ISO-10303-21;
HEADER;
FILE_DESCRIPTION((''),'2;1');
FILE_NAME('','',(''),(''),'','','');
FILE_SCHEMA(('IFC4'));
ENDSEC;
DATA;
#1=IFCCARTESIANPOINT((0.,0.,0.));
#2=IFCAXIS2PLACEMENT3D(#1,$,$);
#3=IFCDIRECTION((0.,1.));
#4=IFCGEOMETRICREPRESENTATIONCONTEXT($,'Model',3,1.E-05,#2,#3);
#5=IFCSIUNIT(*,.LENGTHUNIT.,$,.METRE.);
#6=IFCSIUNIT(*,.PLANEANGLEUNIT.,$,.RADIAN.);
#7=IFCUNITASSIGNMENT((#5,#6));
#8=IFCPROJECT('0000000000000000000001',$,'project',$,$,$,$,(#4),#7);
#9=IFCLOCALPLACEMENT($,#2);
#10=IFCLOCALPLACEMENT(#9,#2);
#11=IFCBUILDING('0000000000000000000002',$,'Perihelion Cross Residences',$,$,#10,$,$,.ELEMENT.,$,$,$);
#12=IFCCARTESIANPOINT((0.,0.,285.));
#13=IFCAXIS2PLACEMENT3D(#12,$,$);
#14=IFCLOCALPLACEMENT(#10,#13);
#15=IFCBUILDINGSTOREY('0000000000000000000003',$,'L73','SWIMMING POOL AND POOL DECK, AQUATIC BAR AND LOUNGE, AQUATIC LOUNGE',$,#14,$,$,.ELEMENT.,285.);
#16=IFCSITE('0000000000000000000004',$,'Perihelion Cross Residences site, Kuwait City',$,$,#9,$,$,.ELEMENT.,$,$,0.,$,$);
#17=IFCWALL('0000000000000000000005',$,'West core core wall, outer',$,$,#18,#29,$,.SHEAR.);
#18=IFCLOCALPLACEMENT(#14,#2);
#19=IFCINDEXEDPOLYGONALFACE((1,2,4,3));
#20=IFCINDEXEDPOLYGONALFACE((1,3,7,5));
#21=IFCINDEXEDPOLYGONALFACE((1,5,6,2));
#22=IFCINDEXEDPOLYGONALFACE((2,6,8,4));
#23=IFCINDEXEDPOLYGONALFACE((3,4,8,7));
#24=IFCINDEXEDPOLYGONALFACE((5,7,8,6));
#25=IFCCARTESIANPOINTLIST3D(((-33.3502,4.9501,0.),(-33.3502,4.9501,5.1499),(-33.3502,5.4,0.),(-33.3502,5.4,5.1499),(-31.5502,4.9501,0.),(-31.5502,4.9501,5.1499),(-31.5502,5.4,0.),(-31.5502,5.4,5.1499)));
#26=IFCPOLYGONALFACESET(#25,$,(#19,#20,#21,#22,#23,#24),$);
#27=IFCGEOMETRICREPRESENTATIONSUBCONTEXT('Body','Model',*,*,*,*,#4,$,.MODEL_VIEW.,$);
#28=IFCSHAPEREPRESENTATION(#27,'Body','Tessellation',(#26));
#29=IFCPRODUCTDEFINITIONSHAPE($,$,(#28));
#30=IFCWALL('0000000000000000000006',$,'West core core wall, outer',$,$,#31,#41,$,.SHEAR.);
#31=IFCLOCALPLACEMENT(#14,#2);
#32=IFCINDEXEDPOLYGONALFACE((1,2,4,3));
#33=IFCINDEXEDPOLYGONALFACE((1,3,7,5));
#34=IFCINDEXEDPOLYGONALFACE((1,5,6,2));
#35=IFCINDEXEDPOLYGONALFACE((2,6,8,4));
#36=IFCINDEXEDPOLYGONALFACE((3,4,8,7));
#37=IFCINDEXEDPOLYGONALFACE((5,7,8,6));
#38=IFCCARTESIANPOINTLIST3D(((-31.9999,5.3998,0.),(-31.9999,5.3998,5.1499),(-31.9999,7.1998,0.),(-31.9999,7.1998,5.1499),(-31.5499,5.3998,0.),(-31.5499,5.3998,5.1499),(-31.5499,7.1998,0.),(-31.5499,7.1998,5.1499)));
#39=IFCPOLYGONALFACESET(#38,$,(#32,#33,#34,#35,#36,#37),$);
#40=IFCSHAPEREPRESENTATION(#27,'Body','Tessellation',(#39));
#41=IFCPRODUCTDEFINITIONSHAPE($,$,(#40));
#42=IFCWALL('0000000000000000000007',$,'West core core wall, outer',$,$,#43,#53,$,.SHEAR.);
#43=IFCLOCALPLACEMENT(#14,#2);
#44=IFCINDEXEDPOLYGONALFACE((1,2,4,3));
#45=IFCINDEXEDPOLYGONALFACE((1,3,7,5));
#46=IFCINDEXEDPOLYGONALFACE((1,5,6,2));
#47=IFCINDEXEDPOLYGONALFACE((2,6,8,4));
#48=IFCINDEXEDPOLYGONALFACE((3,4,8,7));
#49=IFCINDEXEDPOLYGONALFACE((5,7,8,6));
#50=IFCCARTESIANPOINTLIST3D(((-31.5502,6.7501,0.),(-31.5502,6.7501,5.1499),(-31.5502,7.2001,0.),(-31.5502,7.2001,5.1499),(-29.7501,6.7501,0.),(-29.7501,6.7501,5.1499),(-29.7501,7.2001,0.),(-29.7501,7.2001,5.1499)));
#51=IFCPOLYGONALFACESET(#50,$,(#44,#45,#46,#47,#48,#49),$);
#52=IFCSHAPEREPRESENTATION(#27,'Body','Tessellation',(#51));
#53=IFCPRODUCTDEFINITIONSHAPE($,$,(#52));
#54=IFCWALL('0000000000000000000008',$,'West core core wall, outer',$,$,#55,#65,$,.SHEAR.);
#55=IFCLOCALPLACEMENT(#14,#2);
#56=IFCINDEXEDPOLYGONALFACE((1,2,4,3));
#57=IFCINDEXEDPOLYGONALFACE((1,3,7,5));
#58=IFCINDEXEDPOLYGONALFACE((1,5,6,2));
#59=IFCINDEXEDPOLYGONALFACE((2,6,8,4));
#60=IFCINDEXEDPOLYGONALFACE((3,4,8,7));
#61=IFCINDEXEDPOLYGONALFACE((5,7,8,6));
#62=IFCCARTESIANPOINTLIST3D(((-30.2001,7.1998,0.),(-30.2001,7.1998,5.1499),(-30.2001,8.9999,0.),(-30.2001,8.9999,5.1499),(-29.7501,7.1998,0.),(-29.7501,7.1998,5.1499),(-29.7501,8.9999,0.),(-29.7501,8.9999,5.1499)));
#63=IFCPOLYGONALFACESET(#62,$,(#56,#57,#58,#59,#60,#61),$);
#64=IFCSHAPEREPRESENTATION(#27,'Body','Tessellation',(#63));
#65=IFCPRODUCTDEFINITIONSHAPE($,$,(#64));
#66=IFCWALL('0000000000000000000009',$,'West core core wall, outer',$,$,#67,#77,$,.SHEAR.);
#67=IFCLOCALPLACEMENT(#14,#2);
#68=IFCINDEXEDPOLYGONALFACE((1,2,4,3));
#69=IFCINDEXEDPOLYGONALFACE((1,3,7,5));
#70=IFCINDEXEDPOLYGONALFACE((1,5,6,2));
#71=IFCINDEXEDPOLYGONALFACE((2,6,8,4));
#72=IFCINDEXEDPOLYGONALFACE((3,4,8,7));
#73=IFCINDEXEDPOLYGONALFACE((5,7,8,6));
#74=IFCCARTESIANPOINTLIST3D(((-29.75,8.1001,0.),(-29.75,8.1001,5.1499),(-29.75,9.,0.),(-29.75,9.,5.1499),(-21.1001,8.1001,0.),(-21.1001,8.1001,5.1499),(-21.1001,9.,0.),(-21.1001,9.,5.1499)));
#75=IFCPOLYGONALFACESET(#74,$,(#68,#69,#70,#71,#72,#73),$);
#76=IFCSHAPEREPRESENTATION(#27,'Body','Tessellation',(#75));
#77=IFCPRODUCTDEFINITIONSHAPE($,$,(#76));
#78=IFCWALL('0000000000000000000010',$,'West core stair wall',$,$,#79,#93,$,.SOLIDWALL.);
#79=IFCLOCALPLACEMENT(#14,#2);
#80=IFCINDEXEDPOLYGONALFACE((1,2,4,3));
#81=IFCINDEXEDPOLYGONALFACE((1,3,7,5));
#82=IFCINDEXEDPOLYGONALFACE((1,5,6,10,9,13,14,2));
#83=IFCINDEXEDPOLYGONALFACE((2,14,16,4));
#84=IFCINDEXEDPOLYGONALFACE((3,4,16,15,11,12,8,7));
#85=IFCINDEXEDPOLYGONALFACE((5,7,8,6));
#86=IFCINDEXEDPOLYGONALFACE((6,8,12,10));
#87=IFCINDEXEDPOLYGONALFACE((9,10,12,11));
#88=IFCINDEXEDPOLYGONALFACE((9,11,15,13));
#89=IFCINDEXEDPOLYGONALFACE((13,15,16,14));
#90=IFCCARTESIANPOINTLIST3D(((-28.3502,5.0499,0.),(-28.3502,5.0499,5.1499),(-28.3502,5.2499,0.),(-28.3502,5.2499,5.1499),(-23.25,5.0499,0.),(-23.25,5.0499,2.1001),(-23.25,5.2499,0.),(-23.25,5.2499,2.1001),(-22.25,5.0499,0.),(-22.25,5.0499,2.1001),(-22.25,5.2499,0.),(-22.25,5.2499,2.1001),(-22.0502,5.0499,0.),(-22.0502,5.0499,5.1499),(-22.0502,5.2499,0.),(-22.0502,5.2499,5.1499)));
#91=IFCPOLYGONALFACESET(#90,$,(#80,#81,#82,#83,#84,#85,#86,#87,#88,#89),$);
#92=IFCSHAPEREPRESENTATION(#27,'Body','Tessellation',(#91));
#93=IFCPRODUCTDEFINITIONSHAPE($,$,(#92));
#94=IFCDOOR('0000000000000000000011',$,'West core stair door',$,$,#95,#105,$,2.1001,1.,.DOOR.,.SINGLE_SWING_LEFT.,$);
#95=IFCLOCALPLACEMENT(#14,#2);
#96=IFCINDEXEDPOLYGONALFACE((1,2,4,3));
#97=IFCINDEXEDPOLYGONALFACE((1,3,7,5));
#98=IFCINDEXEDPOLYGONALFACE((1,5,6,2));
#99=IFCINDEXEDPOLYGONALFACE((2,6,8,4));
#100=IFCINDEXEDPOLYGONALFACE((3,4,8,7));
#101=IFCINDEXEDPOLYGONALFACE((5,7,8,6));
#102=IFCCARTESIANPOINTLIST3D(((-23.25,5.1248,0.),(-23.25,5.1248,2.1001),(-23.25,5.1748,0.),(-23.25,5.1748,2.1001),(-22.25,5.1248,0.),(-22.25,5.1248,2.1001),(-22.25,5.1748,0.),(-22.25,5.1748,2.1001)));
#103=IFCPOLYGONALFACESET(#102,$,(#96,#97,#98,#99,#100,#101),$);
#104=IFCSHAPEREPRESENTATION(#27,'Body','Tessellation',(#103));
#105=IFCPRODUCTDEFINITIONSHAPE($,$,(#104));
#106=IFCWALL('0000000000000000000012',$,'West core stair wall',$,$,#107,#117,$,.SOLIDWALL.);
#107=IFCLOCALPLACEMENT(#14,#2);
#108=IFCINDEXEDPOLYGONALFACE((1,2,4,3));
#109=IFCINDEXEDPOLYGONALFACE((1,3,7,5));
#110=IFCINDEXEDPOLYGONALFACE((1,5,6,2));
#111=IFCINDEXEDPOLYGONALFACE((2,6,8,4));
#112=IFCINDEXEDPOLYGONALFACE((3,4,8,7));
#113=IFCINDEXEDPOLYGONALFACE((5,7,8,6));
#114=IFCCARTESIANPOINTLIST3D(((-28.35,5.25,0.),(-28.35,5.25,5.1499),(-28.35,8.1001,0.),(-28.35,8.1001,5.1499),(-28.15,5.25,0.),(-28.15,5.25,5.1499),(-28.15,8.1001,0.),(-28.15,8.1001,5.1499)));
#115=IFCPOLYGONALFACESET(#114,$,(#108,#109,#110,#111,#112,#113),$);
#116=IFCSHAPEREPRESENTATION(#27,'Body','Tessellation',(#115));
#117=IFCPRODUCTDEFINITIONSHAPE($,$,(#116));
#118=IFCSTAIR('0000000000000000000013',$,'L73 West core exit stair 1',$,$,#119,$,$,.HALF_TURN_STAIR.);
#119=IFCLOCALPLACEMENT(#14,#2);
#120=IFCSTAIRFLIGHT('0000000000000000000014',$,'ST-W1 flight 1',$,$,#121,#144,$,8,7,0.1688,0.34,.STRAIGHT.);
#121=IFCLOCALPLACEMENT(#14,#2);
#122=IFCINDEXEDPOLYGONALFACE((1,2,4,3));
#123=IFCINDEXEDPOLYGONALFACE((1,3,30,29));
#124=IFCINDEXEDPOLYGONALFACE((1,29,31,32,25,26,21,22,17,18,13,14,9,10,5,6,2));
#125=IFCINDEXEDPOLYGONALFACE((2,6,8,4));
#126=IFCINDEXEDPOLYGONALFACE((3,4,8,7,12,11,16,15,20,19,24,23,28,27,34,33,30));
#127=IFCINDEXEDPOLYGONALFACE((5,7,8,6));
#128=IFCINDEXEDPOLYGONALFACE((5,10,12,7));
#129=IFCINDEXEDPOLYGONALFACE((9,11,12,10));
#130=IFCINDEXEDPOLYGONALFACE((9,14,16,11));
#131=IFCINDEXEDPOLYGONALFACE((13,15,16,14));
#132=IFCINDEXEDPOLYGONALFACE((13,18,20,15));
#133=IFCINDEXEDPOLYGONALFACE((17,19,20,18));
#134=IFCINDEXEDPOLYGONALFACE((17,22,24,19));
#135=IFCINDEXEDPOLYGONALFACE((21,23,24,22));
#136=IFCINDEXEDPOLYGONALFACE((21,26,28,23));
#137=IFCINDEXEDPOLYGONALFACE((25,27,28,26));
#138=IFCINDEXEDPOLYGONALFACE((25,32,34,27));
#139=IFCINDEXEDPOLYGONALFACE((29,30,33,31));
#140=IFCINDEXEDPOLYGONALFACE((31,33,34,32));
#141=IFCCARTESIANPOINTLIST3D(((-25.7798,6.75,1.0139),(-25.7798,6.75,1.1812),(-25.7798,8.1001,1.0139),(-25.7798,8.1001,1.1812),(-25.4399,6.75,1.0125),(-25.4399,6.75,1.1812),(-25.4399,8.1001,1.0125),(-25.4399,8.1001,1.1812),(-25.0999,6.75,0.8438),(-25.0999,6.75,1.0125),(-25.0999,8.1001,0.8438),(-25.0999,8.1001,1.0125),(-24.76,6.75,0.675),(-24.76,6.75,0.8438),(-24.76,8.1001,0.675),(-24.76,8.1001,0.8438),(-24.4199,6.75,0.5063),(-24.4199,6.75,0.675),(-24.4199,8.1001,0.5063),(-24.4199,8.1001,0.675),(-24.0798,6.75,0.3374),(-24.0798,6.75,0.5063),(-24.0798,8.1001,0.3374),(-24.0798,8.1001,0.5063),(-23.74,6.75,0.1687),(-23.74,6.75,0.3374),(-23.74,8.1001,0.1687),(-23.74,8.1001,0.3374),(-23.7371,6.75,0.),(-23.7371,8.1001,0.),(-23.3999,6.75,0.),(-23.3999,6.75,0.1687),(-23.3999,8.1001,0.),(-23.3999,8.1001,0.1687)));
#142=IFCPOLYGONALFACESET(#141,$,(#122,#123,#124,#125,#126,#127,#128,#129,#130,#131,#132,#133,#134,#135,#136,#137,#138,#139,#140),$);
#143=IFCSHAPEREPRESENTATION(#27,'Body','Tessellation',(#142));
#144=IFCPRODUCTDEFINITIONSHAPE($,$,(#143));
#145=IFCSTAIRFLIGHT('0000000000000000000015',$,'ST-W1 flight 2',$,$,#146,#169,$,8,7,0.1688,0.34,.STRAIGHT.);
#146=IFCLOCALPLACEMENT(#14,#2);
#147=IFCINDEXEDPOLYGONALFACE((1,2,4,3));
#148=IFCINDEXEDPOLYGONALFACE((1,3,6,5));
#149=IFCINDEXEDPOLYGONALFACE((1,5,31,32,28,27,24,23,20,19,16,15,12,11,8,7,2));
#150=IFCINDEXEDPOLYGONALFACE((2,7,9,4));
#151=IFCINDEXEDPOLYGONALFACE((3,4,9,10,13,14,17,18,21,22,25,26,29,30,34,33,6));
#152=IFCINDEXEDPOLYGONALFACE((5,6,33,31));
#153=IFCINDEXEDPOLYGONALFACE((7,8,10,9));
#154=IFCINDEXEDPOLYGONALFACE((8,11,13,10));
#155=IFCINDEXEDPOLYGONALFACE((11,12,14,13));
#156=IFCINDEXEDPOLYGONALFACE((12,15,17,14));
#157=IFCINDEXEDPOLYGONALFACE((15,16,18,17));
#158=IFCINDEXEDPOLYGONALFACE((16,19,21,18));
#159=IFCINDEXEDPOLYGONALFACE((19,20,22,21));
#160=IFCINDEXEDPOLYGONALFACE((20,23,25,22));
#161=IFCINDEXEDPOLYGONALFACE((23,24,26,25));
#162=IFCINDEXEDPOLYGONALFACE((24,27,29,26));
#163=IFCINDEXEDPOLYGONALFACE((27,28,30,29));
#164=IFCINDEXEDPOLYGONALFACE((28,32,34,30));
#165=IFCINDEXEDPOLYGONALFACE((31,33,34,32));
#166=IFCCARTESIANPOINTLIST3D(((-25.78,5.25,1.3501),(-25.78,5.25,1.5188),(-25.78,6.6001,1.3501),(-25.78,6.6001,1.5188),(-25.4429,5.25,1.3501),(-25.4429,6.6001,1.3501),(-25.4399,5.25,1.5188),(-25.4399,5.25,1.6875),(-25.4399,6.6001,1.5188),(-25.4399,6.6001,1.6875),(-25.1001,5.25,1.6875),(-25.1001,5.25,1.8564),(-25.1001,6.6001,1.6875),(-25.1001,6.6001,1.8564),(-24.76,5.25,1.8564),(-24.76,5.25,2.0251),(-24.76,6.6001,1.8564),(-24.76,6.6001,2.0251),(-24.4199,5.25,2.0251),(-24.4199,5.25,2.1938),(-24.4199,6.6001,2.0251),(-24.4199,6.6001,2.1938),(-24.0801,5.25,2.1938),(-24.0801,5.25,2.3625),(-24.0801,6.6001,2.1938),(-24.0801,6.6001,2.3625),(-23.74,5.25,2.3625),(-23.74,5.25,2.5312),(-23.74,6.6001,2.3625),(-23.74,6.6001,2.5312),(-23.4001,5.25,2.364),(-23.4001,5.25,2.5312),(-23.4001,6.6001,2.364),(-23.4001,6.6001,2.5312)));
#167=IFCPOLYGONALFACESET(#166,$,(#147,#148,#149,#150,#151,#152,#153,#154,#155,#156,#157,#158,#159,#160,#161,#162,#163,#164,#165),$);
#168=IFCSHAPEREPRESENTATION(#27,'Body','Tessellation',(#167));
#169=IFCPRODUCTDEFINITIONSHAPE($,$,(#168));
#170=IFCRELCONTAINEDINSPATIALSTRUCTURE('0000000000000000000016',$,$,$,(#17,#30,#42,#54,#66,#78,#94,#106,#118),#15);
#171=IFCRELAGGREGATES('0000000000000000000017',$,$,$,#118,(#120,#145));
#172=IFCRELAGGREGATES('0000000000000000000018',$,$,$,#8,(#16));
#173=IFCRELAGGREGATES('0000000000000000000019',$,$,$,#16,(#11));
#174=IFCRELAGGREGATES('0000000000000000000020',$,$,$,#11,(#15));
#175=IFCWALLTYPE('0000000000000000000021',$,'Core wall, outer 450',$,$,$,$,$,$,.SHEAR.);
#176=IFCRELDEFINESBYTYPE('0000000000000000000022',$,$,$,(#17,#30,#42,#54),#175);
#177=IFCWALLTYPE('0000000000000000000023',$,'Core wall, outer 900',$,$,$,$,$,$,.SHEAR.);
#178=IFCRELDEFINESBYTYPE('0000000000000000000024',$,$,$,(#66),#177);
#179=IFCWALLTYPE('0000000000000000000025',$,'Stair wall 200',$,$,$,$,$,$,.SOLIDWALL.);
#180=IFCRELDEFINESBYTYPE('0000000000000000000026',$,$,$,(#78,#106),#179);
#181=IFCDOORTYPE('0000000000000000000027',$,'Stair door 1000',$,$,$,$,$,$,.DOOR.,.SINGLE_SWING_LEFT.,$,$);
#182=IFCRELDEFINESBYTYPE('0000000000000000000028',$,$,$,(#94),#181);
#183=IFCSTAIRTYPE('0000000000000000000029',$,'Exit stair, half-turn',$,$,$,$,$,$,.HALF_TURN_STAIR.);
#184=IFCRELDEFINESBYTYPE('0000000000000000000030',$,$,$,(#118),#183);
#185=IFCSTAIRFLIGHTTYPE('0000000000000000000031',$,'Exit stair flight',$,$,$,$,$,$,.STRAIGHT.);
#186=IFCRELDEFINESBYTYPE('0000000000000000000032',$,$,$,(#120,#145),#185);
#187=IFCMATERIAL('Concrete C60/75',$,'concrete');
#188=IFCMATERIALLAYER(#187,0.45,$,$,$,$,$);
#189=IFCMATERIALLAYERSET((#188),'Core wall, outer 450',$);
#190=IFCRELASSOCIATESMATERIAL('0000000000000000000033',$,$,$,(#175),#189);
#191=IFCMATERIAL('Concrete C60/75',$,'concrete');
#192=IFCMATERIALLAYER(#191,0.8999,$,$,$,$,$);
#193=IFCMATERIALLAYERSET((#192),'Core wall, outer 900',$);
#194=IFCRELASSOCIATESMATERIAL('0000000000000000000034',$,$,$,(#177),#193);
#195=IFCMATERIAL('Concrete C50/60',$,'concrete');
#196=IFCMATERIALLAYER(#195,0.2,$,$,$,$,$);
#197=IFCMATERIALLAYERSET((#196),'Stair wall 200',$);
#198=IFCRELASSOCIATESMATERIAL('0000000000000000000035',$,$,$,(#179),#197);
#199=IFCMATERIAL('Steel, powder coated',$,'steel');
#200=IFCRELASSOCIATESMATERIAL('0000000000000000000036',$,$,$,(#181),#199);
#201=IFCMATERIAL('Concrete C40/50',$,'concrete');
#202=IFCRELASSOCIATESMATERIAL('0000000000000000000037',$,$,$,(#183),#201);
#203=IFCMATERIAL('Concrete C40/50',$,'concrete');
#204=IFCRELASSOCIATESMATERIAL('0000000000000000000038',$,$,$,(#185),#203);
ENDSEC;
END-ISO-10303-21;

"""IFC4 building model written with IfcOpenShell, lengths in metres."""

from ifc_helpers import new_model, si_unit, direction, frame, frame_2d, origin, place, context, subcontext, project, spatial, polyline, rectangle, outline, extrude, material, layer, layer_set, type_object, element, fill, aggregate, save


model = new_model("IFC4")

# Units and contexts
model_context = context("Model", 3, precision=1e-05, world=origin(), true_north=direction((0.0, 1.0)))
body_context = subcontext(model_context, "Body", "Model", "MODEL_VIEW")
ifc_project = project(units=[si_unit("LENGTHUNIT", "METRE"), si_unit("PLANEANGLEUNIT", "RADIAN")], contexts=[model_context])

# Site, building, storey
site_placement = place(None, origin())
site = spatial("IfcSite", under=ifc_project, at=site_placement, Name="Perihelion Cross Residences site, Kuwait City", CompositionType="ELEMENT", RefElevation=0.0)
building_placement = place(site_placement, origin())
building = spatial("IfcBuilding", under=site, at=building_placement, Name="Perihelion Cross Residences", CompositionType="ELEMENT")
storey_placement = place(building_placement, frame((0.0, 0.0, 285.0)))
storey = spatial("IfcBuildingStorey", under=building, at=storey_placement, Name="L73", Description="SWIMMING POOL AND POOL DECK, AQUATIC BAR AND LOUNGE, AQUATIC LOUNGE", CompositionType="ELEMENT", Elevation=285.0)

# Walls
ifc_material_1 = material(Name="Concrete C60/75", Category="concrete")
ifc_layer_1 = layer(ifc_material_1, 0.45)
ifc_layer_set_1 = layer_set([ifc_layer_1], Name="Core wall, outer 450")
wall_type_1 = type_object("IfcWallType", Name="Core wall, outer 450", PredefinedType="SHEAR", material=ifc_layer_set_1)
for number, where, z_axis, x_axis, name in (
    (1, (-33.3501, 5.175, 0.0), (0.0, 0.0, 1.0), (1.0, 0.0, 0.0), "West core core wall, outer"),
    (2, (-31.7749, 5.3999, 0.0), (0.0, 0.0, 1.0), (0.0, 1.0, 0.0), "West core core wall, outer"),
    (3, (-31.55, 6.9751, 0.0), (0.0, 0.0, 1.0), (1.0, 0.0, 0.0), "West core core wall, outer"),
    (4, (-29.9751, 7.2, 0.0), (0.0, 0.0, 1.0), (0.0, 1.0, 0.0), "West core core wall, outer"),
):
    element("IfcWall", number, at=place(storey_placement, frame(where, z_axis=z_axis, x_axis=x_axis)), inside=storey, type_object=wall_type_1, Name=name, PredefinedType="SHEAR", context=body_context, shape_type="SweptSolid", body=[
        extrude(rectangle(XDim=1.8, YDim=0.45, at=frame_2d((0.8999, 0.0))), origin(), (0.0, 0.0, 1.0), 5.1499),
    ])
ifc_material_2 = material(Name="Concrete C60/75", Category="concrete")
ifc_layer_2 = layer(ifc_material_2, 0.8999)
ifc_layer_set_2 = layer_set([ifc_layer_2], Name="Core wall, outer 900")
wall_type_2 = type_object("IfcWallType", Name="Core wall, outer 900", PredefinedType="SHEAR", material=ifc_layer_set_2)
wall_1_placement = place(storey_placement, frame((-29.75, 8.55, 0.0), z_axis=(0.0, 0.0, 1.0), x_axis=(1.0, 0.0, 0.0)))
element("IfcWall", 5, at=wall_1_placement, inside=storey, type_object=wall_type_2, Name="West core core wall, outer", PredefinedType="SHEAR", context=body_context, shape_type="SweptSolid", body=[
    extrude(rectangle(XDim=8.6499, YDim=0.8999, at=frame_2d((4.325, 0.0))), origin(), (0.0, 0.0, 1.0), 5.1499),
])

# Wall, opening, door
ifc_material_3 = material(Name="Concrete C50/60", Category="concrete")
ifc_layer_3 = layer(ifc_material_3, 0.2)
ifc_layer_set_3 = layer_set([ifc_layer_3], Name="Stair wall 200")
wall_type_3 = type_object("IfcWallType", Name="Stair wall 200", PredefinedType="SOLIDWALL", material=ifc_layer_set_3)
wall_2_placement = place(storey_placement, frame((-28.3501, 5.1499, 0.0), z_axis=(0.0, 0.0, 1.0), x_axis=(1.0, 0.0, 0.0)))
wall_2 = element("IfcWall", 6, at=wall_2_placement, inside=storey, type_object=wall_type_3, Name="West core stair wall", PredefinedType="SOLIDWALL", context=body_context, shape_type="SweptSolid", body=[
    extrude(rectangle(XDim=6.3, YDim=0.2, at=frame_2d((3.1499, 0.0))), origin(), (0.0, 0.0, 1.0), 5.1499),
])
opening_placement = place(wall_2_placement, frame((5.1001, 0.0, 0.0)))
opening = element("IfcOpeningElement", 7, at=opening_placement, cuts=wall_2, PredefinedType="OPENING", context=body_context, shape_type="SweptSolid", body=[
    extrude(rectangle(XDim=1.0, YDim=2.1001, at=frame_2d((0.5, 1.05))), frame((0.0, 0.1099, 0.0), z_axis=(0.0, -1.0, 0.0), x_axis=(1.0, 0.0, 0.0)), (0.0, 0.0, 1.0), 0.22),
])
ifc_material_4 = material(Name="Steel, powder coated", Category="steel")
door_type = type_object("IfcDoorType", Name="Stair door 1000", OperationType="SINGLE_SWING_LEFT", PredefinedType="DOOR", material=ifc_material_4)
door_placement = place(opening_placement, origin())
door = element("IfcDoor", 8, at=door_placement, inside=storey, type_object=door_type, Name="West core stair door", OperationType="SINGLE_SWING_LEFT", OverallHeight=2.1001, OverallWidth=1.0, PredefinedType="DOOR", context=body_context, shape_type="SweptSolid", body=[
    extrude(rectangle(XDim=1.0, YDim=2.1001, at=frame_2d((0.5, 1.05))), frame((0.0, 0.0249, 0.0), z_axis=(0.0, -1.0, 0.0), x_axis=(1.0, 0.0, 0.0)), (0.0, 0.0, 1.0), 0.05),
])
fill(opening, door)

# Wall
wall_3_placement = place(storey_placement, frame((-28.25, 5.25, 0.0), z_axis=(0.0, 0.0, 1.0), x_axis=(0.0, 1.0, 0.0)))
element("IfcWall", 9, at=wall_3_placement, inside=storey, type_object=wall_type_3, Name="West core stair wall", PredefinedType="SOLIDWALL", context=body_context, shape_type="SweptSolid", body=[
    extrude(rectangle(XDim=2.8501, YDim=0.2, at=frame_2d((1.425, 0.0))), origin(), (0.0, 0.0, 1.0), 5.1499),
])

# Stair, stair flights
ifc_material_5 = material(Name="Concrete C40/50", Category="concrete")
stair_type = type_object("IfcStairType", Name="Exit stair, half-turn", PredefinedType="HALF_TURN_STAIR", material=ifc_material_5)
stair_placement = place(storey_placement, origin())
stair = element("IfcStair", 10, at=stair_placement, inside=storey, type_object=stair_type, Name="L73 West core exit stair 1", PredefinedType="HALF_TURN_STAIR")
ifc_material_6 = material(Name="Concrete C40/50", Category="concrete")
stair_flight_type = type_object("IfcStairFlightType", Name="Exit stair flight", PredefinedType="STRAIGHT", material=ifc_material_6)
stair_flight_1_placement = place(storey_placement, frame((-23.3999, 7.425, 0.0), z_axis=(0.0, 0.0, 1.0), x_axis=(-1.0, 0.0, 0.0)))
stair_flight_1 = element("IfcStairFlight", 11, at=stair_flight_1_placement, type_object=stair_flight_type, Name="ST-W1 flight 1", NumberOfRisers=8, NumberOfTreads=7, PredefinedType="STRAIGHT", RiserHeight=0.1688, TreadLength=0.34, context=body_context, shape_type="SweptSolid", body=[
    extrude(outline(polyline([(0.0, 0.0), (0.0, 0.1687), (0.3401, 0.1687), (0.3401, 0.3374), (0.6799, 0.3374), (0.6799, 0.5063), (1.02, 0.5063), (1.02, 0.675), (1.3601, 0.675), (1.3601, 0.8438), (1.7, 0.8438), (1.7, 1.0125), (2.04, 1.0125), (2.04, 1.1812), (2.3799, 1.1812), (2.3799, 1.3501), (2.3799, 1.0139), (0.3372, 0.0), (0.0, 0.0)])), frame((0.0, 0.675, 0.0), z_axis=(0.0, -1.0, 0.0), x_axis=(1.0, 0.0, 0.0)), (0.0, 0.0, 1.0), 1.3501),
])
stair_flight_2_placement = place(storey_placement, frame((-25.78, 5.925, 1.3501), z_axis=(0.0, 0.0, 1.0), x_axis=(1.0, 0.0, 0.0)))
stair_flight_2 = element("IfcStairFlight", 12, at=stair_flight_2_placement, type_object=stair_flight_type, Name="ST-W1 flight 2", NumberOfRisers=8, NumberOfTreads=7, PredefinedType="STRAIGHT", RiserHeight=0.1688, TreadLength=0.34, context=body_context, shape_type="SweptSolid", body=[
    extrude(outline(polyline([(0.0, 0.0), (0.0, 0.1687), (0.3401, 0.1687), (0.3401, 0.3374), (0.6799, 0.3374), (0.6799, 0.5063), (1.02, 0.5063), (1.02, 0.675), (1.3601, 0.675), (1.3601, 0.8438), (1.7, 0.8438), (1.7, 1.0125), (2.04, 1.0125), (2.04, 1.1812), (2.3799, 1.1812), (2.3799, 1.3501), (2.3799, 1.0139), (0.3372, 0.0), (0.0, 0.0)])), frame((0.0, 0.675, 0.0), z_axis=(0.0, -1.0, 0.0), x_axis=(1.0, 0.0, 0.0)), (0.0, 0.0, 1.0), 1.3501),
])
aggregate(stair, [stair_flight_1, stair_flight_2])

save(model, "model.ifc")
